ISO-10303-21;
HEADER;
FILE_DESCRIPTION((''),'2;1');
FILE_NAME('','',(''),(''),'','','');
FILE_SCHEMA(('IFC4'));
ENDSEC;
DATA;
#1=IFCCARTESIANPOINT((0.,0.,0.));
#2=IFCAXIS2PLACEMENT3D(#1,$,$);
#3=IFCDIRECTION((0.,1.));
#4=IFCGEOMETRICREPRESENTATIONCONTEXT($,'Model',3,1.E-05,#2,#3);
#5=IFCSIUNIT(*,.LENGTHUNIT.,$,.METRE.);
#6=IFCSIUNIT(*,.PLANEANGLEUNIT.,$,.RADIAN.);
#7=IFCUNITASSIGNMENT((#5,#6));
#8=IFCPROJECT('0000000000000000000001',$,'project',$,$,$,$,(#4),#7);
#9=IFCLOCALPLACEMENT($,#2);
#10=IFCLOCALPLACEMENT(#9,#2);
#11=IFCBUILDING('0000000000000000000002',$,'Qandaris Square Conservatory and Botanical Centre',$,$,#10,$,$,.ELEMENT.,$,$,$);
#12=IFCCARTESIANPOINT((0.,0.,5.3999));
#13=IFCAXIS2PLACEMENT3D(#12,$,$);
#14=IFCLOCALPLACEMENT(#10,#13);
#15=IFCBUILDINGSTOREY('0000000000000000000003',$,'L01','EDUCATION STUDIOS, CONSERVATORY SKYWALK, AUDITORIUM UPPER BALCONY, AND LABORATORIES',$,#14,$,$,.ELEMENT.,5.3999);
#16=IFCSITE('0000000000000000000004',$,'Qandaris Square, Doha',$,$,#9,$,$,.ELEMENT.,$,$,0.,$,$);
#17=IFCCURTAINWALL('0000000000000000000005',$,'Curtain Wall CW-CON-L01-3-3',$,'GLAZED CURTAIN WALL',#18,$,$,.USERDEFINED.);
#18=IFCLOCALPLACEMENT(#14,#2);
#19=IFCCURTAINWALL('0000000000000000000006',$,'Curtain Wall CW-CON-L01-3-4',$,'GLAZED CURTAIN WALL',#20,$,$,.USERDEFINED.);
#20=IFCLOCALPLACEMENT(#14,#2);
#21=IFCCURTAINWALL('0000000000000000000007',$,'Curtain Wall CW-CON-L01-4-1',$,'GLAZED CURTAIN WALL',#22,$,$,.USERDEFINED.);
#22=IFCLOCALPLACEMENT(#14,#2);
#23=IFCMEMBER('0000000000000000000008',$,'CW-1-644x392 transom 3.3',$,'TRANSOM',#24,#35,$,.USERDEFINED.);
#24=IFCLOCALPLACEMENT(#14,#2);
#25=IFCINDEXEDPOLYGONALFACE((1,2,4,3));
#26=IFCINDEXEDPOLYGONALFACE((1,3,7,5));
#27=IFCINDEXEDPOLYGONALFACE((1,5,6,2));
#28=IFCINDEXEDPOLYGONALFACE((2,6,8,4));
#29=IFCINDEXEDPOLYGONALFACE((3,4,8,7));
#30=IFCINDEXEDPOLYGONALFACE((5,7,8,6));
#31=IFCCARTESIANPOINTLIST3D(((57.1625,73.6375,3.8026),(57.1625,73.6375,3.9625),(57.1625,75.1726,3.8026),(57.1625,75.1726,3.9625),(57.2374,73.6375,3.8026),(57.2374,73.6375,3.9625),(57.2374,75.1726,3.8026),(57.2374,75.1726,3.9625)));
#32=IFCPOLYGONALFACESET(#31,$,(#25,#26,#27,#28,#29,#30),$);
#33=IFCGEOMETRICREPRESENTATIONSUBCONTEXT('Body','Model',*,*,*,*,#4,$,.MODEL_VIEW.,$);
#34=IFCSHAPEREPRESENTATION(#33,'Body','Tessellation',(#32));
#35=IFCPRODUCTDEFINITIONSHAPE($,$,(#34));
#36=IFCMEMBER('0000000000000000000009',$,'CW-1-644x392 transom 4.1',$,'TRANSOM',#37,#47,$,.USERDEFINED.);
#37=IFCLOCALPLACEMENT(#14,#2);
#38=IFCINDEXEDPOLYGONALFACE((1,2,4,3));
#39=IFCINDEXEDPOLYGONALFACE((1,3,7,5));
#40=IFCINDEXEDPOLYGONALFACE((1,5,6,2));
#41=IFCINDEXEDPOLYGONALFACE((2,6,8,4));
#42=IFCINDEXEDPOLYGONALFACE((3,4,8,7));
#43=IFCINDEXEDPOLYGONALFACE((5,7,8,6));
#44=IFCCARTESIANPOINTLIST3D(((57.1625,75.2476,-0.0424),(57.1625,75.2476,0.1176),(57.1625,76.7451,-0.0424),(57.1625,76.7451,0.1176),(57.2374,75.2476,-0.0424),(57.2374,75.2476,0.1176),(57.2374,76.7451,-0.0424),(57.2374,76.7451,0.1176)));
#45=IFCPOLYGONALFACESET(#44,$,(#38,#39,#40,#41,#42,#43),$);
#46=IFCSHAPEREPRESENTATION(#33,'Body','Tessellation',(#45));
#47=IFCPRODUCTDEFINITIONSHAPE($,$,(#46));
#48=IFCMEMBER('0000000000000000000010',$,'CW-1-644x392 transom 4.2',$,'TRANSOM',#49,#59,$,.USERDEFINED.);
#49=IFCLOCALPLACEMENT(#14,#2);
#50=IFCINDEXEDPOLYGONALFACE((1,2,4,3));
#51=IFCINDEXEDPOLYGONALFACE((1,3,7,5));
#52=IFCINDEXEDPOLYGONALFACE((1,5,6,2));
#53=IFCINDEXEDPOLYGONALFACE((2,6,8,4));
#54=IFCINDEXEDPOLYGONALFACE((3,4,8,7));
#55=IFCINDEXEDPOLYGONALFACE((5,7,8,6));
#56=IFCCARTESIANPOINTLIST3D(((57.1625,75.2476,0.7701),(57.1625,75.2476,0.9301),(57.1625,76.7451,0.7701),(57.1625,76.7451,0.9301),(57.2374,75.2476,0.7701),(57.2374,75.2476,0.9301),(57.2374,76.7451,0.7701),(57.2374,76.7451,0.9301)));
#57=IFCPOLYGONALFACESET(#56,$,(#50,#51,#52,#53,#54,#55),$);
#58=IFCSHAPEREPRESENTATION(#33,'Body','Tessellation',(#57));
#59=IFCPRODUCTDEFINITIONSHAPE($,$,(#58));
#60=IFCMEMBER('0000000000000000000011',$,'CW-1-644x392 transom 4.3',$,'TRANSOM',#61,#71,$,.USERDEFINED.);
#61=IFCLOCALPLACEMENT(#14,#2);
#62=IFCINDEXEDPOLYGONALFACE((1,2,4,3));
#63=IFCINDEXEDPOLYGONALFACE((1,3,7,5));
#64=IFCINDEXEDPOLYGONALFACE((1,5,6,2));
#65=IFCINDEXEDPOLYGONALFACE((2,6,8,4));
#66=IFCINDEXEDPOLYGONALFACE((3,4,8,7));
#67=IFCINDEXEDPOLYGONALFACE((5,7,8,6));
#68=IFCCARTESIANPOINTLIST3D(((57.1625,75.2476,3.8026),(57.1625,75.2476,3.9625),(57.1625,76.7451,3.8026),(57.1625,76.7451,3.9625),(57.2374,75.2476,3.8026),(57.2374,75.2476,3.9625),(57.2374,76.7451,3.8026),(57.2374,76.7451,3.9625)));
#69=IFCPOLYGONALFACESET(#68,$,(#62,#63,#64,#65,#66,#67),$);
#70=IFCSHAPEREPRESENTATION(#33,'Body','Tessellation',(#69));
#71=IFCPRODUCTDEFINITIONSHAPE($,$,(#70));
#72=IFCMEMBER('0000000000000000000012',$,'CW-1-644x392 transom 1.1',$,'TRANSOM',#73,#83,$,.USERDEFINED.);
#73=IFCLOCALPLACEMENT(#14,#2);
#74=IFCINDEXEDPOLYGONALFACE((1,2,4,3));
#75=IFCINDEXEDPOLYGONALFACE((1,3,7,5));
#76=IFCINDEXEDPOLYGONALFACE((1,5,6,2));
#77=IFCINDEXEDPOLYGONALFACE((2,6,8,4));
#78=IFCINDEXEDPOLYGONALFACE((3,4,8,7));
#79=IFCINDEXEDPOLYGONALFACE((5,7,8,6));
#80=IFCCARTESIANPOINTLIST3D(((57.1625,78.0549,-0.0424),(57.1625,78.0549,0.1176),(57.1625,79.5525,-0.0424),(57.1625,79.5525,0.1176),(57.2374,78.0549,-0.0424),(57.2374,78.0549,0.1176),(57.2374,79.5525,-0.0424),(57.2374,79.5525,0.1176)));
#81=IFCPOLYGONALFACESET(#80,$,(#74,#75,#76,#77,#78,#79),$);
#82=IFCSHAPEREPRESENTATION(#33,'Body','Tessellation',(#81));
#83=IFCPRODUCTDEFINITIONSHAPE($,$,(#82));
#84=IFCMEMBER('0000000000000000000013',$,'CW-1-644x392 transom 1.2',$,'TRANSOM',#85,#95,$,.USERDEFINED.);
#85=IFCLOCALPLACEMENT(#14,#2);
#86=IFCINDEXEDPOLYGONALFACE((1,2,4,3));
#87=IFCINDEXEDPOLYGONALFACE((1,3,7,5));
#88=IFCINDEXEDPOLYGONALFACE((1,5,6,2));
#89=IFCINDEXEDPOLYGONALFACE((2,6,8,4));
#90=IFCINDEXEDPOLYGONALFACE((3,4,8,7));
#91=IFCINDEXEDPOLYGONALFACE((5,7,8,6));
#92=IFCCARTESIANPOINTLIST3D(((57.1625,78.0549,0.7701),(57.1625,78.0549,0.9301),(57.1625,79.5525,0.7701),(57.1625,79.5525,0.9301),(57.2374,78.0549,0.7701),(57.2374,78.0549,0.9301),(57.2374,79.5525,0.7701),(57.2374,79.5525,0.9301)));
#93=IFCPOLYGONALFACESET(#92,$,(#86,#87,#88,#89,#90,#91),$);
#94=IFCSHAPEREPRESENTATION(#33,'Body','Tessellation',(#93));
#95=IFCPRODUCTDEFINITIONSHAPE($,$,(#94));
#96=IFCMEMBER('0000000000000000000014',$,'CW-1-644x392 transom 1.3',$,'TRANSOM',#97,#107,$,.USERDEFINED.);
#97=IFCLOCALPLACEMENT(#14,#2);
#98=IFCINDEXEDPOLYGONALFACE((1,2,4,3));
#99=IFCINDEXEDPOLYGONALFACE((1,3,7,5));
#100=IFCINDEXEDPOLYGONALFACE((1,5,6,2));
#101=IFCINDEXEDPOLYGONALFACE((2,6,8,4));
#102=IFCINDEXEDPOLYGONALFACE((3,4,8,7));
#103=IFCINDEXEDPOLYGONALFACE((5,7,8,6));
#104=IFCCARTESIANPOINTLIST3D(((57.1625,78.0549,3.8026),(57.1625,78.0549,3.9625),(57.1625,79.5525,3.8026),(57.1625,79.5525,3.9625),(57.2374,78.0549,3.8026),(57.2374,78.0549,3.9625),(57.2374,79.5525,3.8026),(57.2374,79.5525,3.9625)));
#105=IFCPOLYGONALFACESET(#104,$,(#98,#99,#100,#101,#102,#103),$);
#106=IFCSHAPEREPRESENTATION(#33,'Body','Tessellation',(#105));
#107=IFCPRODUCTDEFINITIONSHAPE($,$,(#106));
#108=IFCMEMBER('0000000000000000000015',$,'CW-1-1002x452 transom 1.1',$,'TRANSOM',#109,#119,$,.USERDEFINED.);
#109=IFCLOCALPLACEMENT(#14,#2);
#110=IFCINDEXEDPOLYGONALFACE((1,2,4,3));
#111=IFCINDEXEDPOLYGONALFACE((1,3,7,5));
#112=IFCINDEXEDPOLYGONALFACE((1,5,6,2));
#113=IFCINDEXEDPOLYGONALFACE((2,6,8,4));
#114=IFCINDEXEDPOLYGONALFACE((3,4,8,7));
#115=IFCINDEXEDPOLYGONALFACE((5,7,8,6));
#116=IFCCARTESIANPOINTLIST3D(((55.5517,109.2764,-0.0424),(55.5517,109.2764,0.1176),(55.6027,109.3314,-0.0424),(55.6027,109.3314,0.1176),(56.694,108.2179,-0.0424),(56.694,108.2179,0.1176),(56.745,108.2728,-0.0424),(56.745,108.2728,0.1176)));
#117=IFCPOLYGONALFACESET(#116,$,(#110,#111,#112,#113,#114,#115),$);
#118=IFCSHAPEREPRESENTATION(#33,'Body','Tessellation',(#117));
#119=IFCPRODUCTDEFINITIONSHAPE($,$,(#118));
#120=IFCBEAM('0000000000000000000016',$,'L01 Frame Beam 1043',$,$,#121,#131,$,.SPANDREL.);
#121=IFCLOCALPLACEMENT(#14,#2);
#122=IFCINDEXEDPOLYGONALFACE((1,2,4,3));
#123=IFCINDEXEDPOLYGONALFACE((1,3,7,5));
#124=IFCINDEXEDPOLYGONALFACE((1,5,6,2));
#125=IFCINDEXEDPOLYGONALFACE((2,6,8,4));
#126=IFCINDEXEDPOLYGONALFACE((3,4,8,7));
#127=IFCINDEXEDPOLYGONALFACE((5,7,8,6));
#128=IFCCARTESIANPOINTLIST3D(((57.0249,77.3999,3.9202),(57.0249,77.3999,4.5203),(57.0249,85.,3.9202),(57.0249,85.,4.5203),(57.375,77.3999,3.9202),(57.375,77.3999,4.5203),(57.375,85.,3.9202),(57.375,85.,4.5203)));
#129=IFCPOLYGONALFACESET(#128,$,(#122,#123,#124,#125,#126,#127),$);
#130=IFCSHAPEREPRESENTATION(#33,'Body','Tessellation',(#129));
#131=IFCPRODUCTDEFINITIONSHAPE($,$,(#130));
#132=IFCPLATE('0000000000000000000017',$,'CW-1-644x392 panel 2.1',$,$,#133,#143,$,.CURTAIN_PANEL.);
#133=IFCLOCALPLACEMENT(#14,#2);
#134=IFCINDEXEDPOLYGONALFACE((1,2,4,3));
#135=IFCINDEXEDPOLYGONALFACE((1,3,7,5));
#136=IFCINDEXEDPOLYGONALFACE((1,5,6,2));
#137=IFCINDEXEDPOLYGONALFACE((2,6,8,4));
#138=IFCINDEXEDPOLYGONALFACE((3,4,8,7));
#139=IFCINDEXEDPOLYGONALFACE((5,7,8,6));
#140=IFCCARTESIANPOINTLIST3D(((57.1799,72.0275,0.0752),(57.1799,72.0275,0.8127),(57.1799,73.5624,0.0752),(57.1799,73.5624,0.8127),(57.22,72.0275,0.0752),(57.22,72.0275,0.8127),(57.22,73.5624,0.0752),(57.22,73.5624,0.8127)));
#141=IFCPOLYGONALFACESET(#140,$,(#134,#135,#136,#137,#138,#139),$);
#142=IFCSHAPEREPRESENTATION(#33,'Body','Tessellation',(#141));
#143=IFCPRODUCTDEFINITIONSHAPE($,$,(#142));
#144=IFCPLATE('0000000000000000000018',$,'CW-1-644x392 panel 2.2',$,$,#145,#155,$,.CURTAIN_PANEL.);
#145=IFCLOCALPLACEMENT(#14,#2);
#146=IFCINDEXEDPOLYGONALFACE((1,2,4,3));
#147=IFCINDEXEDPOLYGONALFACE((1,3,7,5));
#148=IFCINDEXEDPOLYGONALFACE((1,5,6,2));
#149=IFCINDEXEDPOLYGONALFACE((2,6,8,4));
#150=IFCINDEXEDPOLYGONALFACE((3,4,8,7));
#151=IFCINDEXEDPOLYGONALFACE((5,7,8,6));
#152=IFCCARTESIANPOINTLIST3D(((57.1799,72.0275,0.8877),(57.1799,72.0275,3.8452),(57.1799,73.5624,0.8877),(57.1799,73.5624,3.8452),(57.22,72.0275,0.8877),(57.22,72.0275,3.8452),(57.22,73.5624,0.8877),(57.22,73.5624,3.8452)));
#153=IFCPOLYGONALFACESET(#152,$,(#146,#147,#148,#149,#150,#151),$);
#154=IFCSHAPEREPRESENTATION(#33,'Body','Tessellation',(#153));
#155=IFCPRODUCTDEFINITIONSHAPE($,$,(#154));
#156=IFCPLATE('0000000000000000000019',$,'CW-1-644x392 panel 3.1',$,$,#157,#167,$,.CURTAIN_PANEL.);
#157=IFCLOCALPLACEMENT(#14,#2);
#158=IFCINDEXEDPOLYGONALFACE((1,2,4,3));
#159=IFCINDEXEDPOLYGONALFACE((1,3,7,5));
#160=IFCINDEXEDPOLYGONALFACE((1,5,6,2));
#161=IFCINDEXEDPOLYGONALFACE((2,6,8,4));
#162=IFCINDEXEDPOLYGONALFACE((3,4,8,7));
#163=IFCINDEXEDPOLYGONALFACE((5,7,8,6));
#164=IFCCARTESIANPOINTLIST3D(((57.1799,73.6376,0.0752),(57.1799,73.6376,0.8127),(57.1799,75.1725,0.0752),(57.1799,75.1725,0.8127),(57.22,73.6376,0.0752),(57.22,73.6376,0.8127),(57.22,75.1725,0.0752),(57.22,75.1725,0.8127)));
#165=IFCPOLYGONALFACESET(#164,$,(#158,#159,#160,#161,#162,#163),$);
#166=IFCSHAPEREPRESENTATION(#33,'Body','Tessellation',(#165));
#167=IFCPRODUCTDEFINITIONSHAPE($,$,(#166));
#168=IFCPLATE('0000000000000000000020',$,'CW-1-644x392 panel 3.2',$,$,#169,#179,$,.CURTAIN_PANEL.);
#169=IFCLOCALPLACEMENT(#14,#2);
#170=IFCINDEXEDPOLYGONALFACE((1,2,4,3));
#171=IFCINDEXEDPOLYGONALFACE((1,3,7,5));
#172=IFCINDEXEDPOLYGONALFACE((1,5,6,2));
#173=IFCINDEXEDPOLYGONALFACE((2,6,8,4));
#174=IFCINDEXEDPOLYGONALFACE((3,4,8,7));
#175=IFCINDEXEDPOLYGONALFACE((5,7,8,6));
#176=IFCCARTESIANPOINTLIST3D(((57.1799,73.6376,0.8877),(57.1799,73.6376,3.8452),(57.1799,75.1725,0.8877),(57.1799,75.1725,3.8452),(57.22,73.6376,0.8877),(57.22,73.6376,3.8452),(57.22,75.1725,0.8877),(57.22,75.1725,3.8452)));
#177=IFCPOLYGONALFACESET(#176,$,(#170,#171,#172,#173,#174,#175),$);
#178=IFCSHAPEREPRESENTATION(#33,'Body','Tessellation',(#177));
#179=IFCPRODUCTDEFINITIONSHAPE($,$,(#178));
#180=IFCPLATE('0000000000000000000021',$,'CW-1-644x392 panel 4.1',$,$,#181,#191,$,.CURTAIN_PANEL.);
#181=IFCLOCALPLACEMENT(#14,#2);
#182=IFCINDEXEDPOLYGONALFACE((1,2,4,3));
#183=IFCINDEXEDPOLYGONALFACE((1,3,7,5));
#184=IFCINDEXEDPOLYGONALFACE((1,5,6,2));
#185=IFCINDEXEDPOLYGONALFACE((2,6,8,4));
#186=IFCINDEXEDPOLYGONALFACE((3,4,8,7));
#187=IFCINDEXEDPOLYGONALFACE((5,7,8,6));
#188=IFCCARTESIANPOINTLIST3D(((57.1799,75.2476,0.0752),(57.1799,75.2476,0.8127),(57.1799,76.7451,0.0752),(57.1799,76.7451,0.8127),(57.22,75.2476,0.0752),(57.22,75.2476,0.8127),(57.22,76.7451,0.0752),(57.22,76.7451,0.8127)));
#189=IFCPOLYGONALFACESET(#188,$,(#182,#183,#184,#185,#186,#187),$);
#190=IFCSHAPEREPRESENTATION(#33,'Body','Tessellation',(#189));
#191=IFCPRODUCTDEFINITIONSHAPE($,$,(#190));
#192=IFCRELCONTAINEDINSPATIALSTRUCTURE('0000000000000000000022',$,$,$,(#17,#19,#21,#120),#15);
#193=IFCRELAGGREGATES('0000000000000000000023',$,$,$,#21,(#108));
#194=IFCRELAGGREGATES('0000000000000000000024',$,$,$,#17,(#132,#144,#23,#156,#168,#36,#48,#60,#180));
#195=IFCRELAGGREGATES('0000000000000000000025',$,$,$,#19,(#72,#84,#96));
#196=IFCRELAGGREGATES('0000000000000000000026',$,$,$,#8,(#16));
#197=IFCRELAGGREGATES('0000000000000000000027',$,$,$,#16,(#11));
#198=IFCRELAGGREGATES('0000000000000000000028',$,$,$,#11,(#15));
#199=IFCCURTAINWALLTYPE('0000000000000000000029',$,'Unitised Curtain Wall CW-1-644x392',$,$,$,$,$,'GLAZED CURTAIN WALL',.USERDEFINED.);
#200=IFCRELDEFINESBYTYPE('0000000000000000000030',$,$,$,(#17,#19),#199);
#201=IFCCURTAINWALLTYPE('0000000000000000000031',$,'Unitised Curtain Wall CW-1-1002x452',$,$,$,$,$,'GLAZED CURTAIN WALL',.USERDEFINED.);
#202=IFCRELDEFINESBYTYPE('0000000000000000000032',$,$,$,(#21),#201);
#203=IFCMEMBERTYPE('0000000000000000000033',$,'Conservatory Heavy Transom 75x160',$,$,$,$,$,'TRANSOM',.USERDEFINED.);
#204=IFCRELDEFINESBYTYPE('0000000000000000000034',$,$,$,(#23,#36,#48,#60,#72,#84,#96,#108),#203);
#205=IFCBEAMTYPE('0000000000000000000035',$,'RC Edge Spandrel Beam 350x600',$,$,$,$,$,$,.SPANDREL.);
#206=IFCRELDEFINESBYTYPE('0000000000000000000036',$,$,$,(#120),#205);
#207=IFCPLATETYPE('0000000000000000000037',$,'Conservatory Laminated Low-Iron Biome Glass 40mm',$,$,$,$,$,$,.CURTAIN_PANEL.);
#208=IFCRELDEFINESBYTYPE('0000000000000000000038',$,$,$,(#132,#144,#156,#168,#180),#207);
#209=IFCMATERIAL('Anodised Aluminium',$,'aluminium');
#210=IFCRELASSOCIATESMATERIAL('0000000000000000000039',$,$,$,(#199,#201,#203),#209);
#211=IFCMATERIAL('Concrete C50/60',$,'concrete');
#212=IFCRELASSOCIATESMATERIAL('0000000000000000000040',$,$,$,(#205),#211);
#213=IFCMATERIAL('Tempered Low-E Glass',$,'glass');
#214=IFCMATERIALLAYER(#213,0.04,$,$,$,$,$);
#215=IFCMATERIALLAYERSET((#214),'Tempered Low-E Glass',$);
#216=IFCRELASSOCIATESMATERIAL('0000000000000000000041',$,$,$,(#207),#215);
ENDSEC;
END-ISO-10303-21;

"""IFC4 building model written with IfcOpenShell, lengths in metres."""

from ifc_helpers import new_model, si_unit, direction, frame, origin, origin_2d, place, context, subcontext, project, spatial, rectangle, extrude, material, layer, layer_set, material_profile, profile_set, type_object, element, aggregate, save


model = new_model("IFC4")

# Units and contexts
model_context = context("Model", 3, precision=1e-05, world=origin(), true_north=direction((0.0, 1.0)))
body_context = subcontext(model_context, "Body", "Model", "MODEL_VIEW")
ifc_project = project(units=[si_unit("LENGTHUNIT", "METRE"), si_unit("PLANEANGLEUNIT", "RADIAN")], contexts=[model_context])

# Site, building, storey
site_placement = place(None, origin())
site = spatial("IfcSite", under=ifc_project, at=site_placement, Name="Qandaris Square, Doha", CompositionType="ELEMENT", RefElevation=0.0)
building_placement = place(site_placement, origin())
building = spatial("IfcBuilding", under=site, at=building_placement, Name="Qandaris Square Conservatory and Botanical Centre", CompositionType="ELEMENT")
storey_placement = place(building_placement, frame((0.0, 0.0, 5.3999)))
storey = spatial("IfcBuildingStorey", under=building, at=storey_placement, Name="L01", Description="EDUCATION STUDIOS, CONSERVATORY SKYWALK, AUDITORIUM UPPER BALCONY, AND LABORATORIES", CompositionType="ELEMENT", Elevation=5.3999)

# Shared definitions
ifc_material_1 = material(Name="Concrete C50/60", Category="concrete")

# Curtain wall
ifc_material_2 = material(Name="Anodised Aluminium", Category="aluminium")
curtain_wall_type_1 = type_object("IfcCurtainWallType", Name="Unitised Curtain Wall CW-1-644x392", ElementType="GLAZED CURTAIN WALL", PredefinedType="USERDEFINED", material=ifc_material_2)
curtain_wall_1_placement = place(storey_placement, origin())
curtain_wall_1 = element("IfcCurtainWall", 1, at=curtain_wall_1_placement, inside=storey, type_object=curtain_wall_type_1, Name="Curtain Wall CW-CON-L01-3-3", ObjectType="GLAZED CURTAIN WALL", PredefinedType="USERDEFINED")

# Curtain walls
curtain_wall_2_placement = place(storey_placement, origin())
curtain_wall_2 = element("IfcCurtainWall", 2, at=curtain_wall_2_placement, inside=storey, type_object=curtain_wall_type_1, Name="Curtain Wall CW-CON-L01-3-4", ObjectType="GLAZED CURTAIN WALL", PredefinedType="USERDEFINED")
curtain_wall_type_2 = type_object("IfcCurtainWallType", Name="Unitised Curtain Wall CW-1-1002x452", ElementType="GLAZED CURTAIN WALL", PredefinedType="USERDEFINED", material=ifc_material_2)
curtain_wall_3_placement = place(storey_placement, origin())
curtain_wall_3 = element("IfcCurtainWall", 3, at=curtain_wall_3_placement, inside=storey, type_object=curtain_wall_type_2, Name="Curtain Wall CW-CON-L01-4-1", ObjectType="GLAZED CURTAIN WALL", PredefinedType="USERDEFINED")

# Members
ifc_material_profile_1 = material_profile(ifc_material_2, rectangle(XDim=0.075, YDim=0.1599, at=origin_2d()), Name="ALU-TRN 75x160")
ifc_profile_set_1 = profile_set([ifc_material_profile_1], Name="Anodised Aluminium")
member_type_1 = type_object("IfcMemberType", Name="Conservatory Heavy Transom 75x160", ElementType="TRANSOM", PredefinedType="USERDEFINED", material=ifc_profile_set_1)
member_1_placement = place(storey_placement, frame((57.2, 73.6375, 3.8826), z_axis=(0.0, 1.0, 0.0), x_axis=(-1.0, 0.0, 0.0)))
member_1 = element("IfcMember", 4, at=member_1_placement, type_object=member_type_1, Name="CW-1-644x392 transom 3.3", ObjectType="TRANSOM", PredefinedType="USERDEFINED", context=body_context, shape_type="SweptSolid", body=[
    extrude(rectangle(XDim=0.075, YDim=0.1599, at=origin_2d()), origin(), (0.0, 0.0, 1.0), 1.5352),
])
member_2_placement = place(storey_placement, frame((57.2, 75.2476, 0.0376), z_axis=(0.0, 1.0, 0.0), x_axis=(-1.0, 0.0, 0.0)))
member_2 = element("IfcMember", 5, at=member_2_placement, type_object=member_type_1, Name="CW-1-644x392 transom 4.1", ObjectType="TRANSOM", PredefinedType="USERDEFINED", context=body_context, shape_type="SweptSolid", body=[
    extrude(rectangle(XDim=0.075, YDim=0.1599, at=origin_2d()), origin(), (0.0, 0.0, 1.0), 1.4976),
])
member_3_placement = place(storey_placement, frame((57.2, 75.2476, 0.8501), z_axis=(0.0, 1.0, 0.0), x_axis=(-1.0, 0.0, 0.0)))
member_3 = element("IfcMember", 6, at=member_3_placement, type_object=member_type_1, Name="CW-1-644x392 transom 4.2", ObjectType="TRANSOM", PredefinedType="USERDEFINED", context=body_context, shape_type="SweptSolid", body=[
    extrude(rectangle(XDim=0.075, YDim=0.1599, at=origin_2d()), origin(), (0.0, 0.0, 1.0), 1.4976),
])
member_4_placement = place(storey_placement, frame((57.2, 75.2476, 3.8826), z_axis=(0.0, 1.0, 0.0), x_axis=(-1.0, 0.0, 0.0)))
member_4 = element("IfcMember", 7, at=member_4_placement, type_object=member_type_1, Name="CW-1-644x392 transom 4.3", ObjectType="TRANSOM", PredefinedType="USERDEFINED", context=body_context, shape_type="SweptSolid", body=[
    extrude(rectangle(XDim=0.075, YDim=0.1599, at=origin_2d()), origin(), (0.0, 0.0, 1.0), 1.4976),
])
member_5_placement = place(storey_placement, frame((57.2, 78.0549, 0.0376), z_axis=(0.0, 1.0, 0.0), x_axis=(-1.0, 0.0, 0.0)))
member_5 = element("IfcMember", 8, at=member_5_placement, type_object=member_type_1, Name="CW-1-644x392 transom 1.1", ObjectType="TRANSOM", PredefinedType="USERDEFINED", context=body_context, shape_type="SweptSolid", body=[
    extrude(rectangle(XDim=0.075, YDim=0.1599, at=origin_2d()), origin(), (0.0, 0.0, 1.0), 1.4976),
])
member_6_placement = place(storey_placement, frame((57.2, 78.0549, 0.8501), z_axis=(0.0, 1.0, 0.0), x_axis=(-1.0, 0.0, 0.0)))
member_6 = element("IfcMember", 9, at=member_6_placement, type_object=member_type_1, Name="CW-1-644x392 transom 1.2", ObjectType="TRANSOM", PredefinedType="USERDEFINED", context=body_context, shape_type="SweptSolid", body=[
    extrude(rectangle(XDim=0.075, YDim=0.1599, at=origin_2d()), origin(), (0.0, 0.0, 1.0), 1.4976),
])
member_7_placement = place(storey_placement, frame((57.2, 78.0549, 3.8826), z_axis=(0.0, 1.0, 0.0), x_axis=(-1.0, 0.0, 0.0)))
member_7 = element("IfcMember", 10, at=member_7_placement, type_object=member_type_1, Name="CW-1-644x392 transom 1.3", ObjectType="TRANSOM", PredefinedType="USERDEFINED", context=body_context, shape_type="SweptSolid", body=[
    extrude(rectangle(XDim=0.075, YDim=0.1599, at=origin_2d()), origin(), (0.0, 0.0, 1.0), 1.4976),
])
member_8_placement = place(storey_placement, frame((56.7195, 108.2454, 0.0376), z_axis=(-0.73348, 0.679711, 0.0), x_axis=(-0.679711, -0.73348, 0.0)))
member_8 = element("IfcMember", 11, at=member_8_placement, type_object=member_type_1, Name="CW-1-1002x452 transom 1.1", ObjectType="TRANSOM", PredefinedType="USERDEFINED", context=body_context, shape_type="SweptSolid", body=[
    extrude(rectangle(XDim=0.075, YDim=0.1599, at=origin_2d()), origin(), (0.0, 0.0, 1.0), 1.5574),
])
aggregate(curtain_wall_3, [member_8])

# Beam
ifc_material_profile_2 = material_profile(ifc_material_1, rectangle(XDim=0.3501, YDim=0.6001, at=origin_2d()), Name="RC-SP 350x600")
ifc_profile_set_2 = profile_set([ifc_material_profile_2], Name="Concrete C50/60")
beam_type = type_object("IfcBeamType", Name="RC Edge Spandrel Beam 350x600", PredefinedType="SPANDREL", material=ifc_profile_set_2)
beam_placement = place(storey_placement, frame((57.2, 77.3999, 4.2202), z_axis=(0.0, 1.0, 0.0), x_axis=(-1.0, 0.0, 0.0)))
element("IfcBeam", 12, at=beam_placement, inside=storey, type_object=beam_type, Name="L01 Frame Beam 1043", PredefinedType="SPANDREL", context=body_context, shape_type="SweptSolid", body=[
    extrude(rectangle(XDim=0.3501, YDim=0.6001, at=origin_2d()), origin(), (0.0, 0.0, 1.0), 7.6001),
])

# Plates
ifc_material_3 = material(Name="Tempered Low-E Glass", Category="glass")
ifc_layer = layer(ifc_material_3, 0.04)
ifc_layer_set = layer_set([ifc_layer], Name="Tempered Low-E Glass")
plate_type = type_object("IfcPlateType", Name="Conservatory Laminated Low-Iron Biome Glass 40mm", PredefinedType="CURTAIN_PANEL", material=ifc_layer_set)
plate_1_placement = place(storey_placement, frame((57.2, 72.7949, 0.0752), z_axis=(0.0, 0.0, 1.0), x_axis=(0.0, 1.0, 0.0)))
plate_1 = element("IfcPlate", 13, at=plate_1_placement, type_object=plate_type, Name="CW-1-644x392 panel 2.1", PredefinedType="CURTAIN_PANEL", context=body_context, shape_type="SweptSolid", body=[
    extrude(rectangle(XDim=1.5349, YDim=0.04, at=origin_2d()), origin(), (0.0, 0.0, 1.0), 0.7375),
])
plate_2_placement = place(storey_placement, frame((57.2, 72.7949, 0.8877), z_axis=(0.0, 0.0, 1.0), x_axis=(0.0, 1.0, 0.0)))
plate_2 = element("IfcPlate", 14, at=plate_2_placement, type_object=plate_type, Name="CW-1-644x392 panel 2.2", PredefinedType="CURTAIN_PANEL", context=body_context, shape_type="SweptSolid", body=[
    extrude(rectangle(XDim=1.5349, YDim=0.04, at=origin_2d()), origin(), (0.0, 0.0, 1.0), 2.9575),
])
plate_3_placement = place(storey_placement, frame((57.2, 74.405, 0.0752), z_axis=(0.0, 0.0, 1.0), x_axis=(0.0, 1.0, 0.0)))
plate_3 = element("IfcPlate", 15, at=plate_3_placement, type_object=plate_type, Name="CW-1-644x392 panel 3.1", PredefinedType="CURTAIN_PANEL", context=body_context, shape_type="SweptSolid", body=[
    extrude(rectangle(XDim=1.5349, YDim=0.04, at=origin_2d()), origin(), (0.0, 0.0, 1.0), 0.7375),
])
plate_4_placement = place(storey_placement, frame((57.2, 74.405, 0.8877), z_axis=(0.0, 0.0, 1.0), x_axis=(0.0, 1.0, 0.0)))
plate_4 = element("IfcPlate", 16, at=plate_4_placement, type_object=plate_type, Name="CW-1-644x392 panel 3.2", PredefinedType="CURTAIN_PANEL", context=body_context, shape_type="SweptSolid", body=[
    extrude(rectangle(XDim=1.5349, YDim=0.04, at=origin_2d()), origin(), (0.0, 0.0, 1.0), 2.9575),
])
plate_5_placement = place(storey_placement, frame((57.2, 75.9963, 0.0752), z_axis=(0.0, 0.0, 1.0), x_axis=(0.0, 1.0, 0.0)))
plate_5 = element("IfcPlate", 17, at=plate_5_placement, type_object=plate_type, Name="CW-1-644x392 panel 4.1", PredefinedType="CURTAIN_PANEL", context=body_context, shape_type="SweptSolid", body=[
    extrude(rectangle(XDim=1.4976, YDim=0.04, at=origin_2d()), origin(), (0.0, 0.0, 1.0), 0.7375),
])
aggregate(curtain_wall_1, [plate_1, plate_2, member_1, plate_3, plate_4, member_2, member_3, member_4, plate_5])
aggregate(curtain_wall_2, [member_5, member_6, member_7])

save(model, "model.ifc")
